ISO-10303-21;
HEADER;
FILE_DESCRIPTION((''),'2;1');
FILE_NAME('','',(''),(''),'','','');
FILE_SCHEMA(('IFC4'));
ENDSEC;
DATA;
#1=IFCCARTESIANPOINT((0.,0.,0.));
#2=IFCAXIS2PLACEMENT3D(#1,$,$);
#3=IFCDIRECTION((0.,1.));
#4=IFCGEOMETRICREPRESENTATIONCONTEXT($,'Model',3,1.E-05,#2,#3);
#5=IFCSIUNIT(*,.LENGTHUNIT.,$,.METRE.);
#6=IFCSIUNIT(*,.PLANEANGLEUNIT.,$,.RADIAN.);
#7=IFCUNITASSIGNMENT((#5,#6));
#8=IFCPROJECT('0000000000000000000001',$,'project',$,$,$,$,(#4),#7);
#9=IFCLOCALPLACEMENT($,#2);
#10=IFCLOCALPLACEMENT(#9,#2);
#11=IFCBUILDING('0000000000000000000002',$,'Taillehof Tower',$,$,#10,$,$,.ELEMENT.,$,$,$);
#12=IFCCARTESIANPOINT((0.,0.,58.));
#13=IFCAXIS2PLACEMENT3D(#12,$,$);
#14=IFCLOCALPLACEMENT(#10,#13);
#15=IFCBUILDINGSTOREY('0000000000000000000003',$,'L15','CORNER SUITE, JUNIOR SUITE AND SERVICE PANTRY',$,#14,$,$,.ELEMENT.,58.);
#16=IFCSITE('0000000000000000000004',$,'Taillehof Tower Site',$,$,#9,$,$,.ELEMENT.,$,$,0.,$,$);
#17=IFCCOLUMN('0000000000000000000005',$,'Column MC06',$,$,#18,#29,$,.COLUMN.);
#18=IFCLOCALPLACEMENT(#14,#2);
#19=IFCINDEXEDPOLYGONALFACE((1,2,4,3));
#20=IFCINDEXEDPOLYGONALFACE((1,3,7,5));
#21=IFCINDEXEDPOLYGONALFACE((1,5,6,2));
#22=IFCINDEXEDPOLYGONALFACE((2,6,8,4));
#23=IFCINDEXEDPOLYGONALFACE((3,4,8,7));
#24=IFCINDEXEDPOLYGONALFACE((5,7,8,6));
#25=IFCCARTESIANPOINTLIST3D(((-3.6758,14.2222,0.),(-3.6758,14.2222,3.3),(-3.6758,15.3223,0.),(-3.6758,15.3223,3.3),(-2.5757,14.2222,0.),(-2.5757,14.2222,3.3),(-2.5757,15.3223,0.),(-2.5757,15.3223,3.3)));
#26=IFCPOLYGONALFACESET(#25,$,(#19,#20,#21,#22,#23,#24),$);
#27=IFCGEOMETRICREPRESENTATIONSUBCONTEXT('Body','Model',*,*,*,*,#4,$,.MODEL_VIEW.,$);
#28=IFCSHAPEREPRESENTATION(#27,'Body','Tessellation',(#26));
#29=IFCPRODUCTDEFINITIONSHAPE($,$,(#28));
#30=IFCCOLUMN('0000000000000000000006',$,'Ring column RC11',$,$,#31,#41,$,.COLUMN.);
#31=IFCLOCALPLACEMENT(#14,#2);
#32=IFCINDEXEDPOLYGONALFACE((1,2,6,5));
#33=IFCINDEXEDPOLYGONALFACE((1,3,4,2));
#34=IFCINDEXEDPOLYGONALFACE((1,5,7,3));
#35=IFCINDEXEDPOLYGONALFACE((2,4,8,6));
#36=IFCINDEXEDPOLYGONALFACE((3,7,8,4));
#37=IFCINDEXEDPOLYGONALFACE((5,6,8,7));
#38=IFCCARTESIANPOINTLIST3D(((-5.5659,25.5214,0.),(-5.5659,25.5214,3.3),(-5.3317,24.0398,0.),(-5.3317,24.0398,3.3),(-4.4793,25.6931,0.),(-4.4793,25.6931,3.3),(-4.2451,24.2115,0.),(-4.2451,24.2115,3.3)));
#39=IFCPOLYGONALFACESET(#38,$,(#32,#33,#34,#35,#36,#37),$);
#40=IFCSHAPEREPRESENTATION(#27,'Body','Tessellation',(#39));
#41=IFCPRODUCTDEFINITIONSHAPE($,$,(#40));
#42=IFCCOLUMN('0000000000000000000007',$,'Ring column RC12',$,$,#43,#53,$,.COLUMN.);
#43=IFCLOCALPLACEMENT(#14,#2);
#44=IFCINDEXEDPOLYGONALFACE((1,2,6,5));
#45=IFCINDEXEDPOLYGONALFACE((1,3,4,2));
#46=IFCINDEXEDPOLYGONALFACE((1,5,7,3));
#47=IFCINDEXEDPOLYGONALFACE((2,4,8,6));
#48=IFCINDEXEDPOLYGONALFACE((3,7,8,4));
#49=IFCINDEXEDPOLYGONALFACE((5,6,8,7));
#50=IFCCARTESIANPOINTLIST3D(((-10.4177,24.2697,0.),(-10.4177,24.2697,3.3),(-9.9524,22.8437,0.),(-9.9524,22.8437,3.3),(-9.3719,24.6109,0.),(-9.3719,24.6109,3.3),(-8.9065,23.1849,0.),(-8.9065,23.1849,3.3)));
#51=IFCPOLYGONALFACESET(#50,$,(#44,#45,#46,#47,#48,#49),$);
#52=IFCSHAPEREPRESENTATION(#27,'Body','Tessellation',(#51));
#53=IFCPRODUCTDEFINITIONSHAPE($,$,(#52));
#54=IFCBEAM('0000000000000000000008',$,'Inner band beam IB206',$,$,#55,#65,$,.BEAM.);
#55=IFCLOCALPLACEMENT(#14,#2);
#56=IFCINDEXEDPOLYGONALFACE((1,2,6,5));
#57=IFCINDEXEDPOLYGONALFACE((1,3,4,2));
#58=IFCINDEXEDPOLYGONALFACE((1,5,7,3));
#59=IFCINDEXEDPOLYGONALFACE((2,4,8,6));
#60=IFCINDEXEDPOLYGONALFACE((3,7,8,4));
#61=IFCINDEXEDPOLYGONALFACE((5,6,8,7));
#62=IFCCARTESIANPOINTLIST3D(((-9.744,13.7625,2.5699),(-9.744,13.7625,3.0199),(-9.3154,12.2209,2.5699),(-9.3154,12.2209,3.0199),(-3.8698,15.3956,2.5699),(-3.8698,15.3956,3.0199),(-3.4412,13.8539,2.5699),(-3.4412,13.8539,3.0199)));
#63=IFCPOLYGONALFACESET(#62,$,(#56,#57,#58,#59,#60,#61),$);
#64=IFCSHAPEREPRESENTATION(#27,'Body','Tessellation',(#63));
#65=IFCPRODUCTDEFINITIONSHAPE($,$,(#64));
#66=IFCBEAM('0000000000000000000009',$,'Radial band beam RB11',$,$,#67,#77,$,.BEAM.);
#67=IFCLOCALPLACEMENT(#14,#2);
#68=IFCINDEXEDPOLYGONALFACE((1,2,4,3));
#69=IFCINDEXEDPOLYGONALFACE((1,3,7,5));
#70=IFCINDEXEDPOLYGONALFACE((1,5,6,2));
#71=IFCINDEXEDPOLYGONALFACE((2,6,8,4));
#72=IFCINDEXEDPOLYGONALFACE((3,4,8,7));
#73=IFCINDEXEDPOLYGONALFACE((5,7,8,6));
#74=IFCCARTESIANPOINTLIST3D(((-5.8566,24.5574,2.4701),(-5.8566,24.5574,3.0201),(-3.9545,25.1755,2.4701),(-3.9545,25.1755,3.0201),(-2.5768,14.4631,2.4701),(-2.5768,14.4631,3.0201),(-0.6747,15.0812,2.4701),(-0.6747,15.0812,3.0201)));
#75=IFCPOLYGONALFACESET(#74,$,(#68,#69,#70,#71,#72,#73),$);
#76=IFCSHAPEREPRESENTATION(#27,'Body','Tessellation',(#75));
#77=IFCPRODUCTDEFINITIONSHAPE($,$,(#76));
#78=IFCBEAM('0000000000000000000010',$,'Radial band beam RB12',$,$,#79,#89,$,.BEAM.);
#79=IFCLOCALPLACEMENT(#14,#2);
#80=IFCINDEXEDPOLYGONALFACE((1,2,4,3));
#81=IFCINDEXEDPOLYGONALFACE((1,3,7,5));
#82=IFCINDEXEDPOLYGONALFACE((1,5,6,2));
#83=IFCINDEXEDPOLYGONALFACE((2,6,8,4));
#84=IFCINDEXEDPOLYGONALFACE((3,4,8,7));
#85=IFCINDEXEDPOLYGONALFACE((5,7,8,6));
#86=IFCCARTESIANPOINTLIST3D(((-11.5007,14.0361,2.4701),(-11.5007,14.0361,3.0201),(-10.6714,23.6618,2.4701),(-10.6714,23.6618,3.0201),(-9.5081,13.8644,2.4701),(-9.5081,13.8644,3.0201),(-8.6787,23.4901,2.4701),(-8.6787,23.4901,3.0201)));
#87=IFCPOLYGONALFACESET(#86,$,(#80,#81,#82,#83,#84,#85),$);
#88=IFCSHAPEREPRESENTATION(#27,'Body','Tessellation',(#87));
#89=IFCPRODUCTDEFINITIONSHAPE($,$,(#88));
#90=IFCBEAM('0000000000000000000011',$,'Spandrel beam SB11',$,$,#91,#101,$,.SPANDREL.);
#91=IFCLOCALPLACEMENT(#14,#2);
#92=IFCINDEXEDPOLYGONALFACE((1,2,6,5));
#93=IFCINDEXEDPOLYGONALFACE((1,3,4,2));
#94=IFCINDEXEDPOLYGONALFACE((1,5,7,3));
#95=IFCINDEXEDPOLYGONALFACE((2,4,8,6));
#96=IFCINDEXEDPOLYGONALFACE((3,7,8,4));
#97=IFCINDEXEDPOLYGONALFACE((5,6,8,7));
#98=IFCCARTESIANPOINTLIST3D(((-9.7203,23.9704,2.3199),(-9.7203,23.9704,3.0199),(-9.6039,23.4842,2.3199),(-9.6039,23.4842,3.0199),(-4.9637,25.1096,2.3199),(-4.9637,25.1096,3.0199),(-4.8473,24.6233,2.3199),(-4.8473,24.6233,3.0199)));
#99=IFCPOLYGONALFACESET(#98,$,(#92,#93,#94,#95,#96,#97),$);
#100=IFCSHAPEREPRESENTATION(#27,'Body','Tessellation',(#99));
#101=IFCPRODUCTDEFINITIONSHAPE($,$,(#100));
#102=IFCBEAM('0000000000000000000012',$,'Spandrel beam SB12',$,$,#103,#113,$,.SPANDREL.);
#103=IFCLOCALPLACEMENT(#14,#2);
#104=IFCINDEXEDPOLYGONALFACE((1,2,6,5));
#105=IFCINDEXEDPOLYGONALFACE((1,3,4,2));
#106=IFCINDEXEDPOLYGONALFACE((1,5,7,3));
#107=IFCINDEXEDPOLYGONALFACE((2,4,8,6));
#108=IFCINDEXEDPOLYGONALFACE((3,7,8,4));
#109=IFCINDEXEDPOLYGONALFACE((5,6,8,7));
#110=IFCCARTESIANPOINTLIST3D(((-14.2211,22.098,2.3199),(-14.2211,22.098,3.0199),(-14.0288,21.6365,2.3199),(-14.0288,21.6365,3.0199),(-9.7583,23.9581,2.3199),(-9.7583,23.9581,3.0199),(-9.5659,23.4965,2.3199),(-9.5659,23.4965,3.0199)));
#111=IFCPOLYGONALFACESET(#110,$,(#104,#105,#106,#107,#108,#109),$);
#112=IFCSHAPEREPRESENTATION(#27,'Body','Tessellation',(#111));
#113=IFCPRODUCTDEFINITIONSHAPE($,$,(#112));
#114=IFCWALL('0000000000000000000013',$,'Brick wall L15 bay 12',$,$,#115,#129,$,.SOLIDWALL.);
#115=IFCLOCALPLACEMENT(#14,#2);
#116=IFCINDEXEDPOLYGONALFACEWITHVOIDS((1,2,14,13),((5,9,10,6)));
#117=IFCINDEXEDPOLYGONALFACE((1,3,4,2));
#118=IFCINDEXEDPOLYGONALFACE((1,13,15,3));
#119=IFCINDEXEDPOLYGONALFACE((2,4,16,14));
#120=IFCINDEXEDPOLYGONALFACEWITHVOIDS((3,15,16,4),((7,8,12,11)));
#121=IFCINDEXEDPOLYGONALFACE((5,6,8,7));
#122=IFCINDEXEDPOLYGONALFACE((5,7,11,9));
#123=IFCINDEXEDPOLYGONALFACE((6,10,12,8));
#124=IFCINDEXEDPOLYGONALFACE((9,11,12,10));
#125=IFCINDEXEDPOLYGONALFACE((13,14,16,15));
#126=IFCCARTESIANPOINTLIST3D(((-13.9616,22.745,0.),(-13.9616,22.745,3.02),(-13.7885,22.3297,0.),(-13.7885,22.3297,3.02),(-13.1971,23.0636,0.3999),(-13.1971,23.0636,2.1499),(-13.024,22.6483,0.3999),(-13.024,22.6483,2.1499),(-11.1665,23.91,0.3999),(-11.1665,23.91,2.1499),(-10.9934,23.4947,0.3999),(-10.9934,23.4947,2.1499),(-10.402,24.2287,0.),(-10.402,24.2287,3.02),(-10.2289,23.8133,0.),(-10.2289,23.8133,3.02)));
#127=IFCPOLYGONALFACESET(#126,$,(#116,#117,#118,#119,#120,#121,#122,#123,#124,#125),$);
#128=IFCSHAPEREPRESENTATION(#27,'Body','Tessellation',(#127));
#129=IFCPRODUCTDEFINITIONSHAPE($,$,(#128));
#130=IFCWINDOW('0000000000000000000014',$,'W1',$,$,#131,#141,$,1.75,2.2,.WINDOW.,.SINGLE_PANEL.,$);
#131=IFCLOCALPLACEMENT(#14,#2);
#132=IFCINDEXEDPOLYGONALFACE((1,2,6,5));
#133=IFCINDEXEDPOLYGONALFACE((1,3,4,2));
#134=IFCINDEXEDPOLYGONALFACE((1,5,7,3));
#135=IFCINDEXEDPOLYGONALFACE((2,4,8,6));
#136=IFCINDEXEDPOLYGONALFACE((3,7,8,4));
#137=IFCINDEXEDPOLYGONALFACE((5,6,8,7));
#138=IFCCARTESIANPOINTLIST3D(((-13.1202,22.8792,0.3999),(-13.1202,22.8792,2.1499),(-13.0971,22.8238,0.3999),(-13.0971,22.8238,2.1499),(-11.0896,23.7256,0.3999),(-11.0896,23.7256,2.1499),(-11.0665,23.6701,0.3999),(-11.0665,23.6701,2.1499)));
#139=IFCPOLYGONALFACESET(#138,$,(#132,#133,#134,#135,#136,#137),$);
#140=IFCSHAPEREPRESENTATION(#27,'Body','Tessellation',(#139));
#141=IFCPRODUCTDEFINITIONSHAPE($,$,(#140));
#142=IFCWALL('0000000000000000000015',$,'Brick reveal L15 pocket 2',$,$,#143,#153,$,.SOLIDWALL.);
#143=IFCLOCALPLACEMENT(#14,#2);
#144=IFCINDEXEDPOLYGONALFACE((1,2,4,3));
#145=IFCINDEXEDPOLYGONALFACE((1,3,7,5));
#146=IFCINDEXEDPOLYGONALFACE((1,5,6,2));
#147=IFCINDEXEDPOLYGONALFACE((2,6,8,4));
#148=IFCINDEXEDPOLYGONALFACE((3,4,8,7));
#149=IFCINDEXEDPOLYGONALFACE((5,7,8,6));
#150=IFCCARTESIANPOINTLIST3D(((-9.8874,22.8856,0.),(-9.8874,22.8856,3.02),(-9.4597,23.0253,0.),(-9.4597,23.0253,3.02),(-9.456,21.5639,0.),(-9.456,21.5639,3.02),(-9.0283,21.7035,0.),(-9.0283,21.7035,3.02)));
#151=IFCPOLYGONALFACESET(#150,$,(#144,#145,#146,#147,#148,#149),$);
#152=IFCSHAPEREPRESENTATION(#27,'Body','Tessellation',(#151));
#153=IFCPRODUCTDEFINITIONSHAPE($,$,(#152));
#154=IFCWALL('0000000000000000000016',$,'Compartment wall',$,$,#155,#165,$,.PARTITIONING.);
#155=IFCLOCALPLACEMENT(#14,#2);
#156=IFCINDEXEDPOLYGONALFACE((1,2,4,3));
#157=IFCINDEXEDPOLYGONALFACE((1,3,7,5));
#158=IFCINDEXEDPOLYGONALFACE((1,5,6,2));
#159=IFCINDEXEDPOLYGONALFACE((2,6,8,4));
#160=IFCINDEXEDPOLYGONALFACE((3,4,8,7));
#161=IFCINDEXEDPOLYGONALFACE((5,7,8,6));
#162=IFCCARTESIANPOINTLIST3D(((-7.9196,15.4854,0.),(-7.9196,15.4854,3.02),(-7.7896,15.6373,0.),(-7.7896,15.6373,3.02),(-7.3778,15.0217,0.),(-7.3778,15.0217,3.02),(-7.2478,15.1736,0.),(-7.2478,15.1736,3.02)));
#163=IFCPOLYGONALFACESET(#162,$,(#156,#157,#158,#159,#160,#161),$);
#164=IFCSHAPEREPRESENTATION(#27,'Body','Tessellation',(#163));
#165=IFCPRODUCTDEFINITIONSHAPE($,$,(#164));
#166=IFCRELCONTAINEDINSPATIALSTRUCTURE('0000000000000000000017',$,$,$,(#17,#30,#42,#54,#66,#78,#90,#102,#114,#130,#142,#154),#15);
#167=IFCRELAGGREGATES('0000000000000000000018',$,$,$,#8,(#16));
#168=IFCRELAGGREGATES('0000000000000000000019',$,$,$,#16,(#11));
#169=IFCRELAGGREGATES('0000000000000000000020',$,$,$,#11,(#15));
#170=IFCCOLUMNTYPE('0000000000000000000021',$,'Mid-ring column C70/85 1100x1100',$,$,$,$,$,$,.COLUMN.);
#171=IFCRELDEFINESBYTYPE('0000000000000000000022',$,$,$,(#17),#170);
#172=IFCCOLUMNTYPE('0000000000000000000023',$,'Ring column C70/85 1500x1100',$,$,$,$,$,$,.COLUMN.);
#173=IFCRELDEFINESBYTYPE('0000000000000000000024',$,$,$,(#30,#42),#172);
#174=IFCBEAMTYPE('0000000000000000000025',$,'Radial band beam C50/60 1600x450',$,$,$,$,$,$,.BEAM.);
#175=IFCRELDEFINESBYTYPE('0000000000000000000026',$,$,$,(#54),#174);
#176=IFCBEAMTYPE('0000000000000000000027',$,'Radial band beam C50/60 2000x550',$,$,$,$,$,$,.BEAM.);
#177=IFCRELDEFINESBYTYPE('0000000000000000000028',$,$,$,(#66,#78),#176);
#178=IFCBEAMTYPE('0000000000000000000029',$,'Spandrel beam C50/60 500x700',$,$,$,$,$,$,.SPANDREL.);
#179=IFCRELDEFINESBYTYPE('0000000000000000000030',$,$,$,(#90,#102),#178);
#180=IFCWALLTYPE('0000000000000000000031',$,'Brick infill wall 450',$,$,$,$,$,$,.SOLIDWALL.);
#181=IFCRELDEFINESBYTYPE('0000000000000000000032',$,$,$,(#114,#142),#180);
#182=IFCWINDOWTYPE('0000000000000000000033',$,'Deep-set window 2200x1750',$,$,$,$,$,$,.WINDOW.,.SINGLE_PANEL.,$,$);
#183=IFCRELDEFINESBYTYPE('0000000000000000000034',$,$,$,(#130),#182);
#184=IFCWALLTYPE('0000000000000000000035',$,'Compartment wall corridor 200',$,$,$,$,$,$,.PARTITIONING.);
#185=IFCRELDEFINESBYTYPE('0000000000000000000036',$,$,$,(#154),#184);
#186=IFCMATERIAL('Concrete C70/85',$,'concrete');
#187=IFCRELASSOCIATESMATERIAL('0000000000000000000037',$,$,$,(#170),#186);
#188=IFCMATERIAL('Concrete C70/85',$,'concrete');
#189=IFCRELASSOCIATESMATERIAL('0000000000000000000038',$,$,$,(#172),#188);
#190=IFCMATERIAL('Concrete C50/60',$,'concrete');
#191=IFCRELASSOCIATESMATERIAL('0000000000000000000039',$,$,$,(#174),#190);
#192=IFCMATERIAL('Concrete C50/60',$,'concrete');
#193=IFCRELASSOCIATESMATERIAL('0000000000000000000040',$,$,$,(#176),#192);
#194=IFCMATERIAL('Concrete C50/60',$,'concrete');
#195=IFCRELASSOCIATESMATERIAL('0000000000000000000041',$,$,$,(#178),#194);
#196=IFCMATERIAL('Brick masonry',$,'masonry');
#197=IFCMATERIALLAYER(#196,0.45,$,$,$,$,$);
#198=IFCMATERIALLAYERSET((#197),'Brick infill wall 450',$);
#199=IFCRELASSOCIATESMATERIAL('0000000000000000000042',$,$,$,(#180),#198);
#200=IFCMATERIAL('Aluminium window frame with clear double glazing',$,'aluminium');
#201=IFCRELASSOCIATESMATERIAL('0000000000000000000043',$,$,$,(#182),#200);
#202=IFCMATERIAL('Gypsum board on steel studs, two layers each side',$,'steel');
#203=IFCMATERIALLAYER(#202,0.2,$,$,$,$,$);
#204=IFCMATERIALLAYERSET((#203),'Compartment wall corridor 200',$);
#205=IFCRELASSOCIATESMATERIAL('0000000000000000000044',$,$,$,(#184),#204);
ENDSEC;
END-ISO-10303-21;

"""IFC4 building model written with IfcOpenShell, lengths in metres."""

from ifc_helpers import new_model, si_unit, direction, frame, frame_2d, origin, origin_2d, place, context, subcontext, project, spatial, rectangle, extrude, material, layer, layer_set, material_profile, profile_set, type_object, element, fill, save


model = new_model("IFC4")

# Units and contexts
model_context = context("Model", 3, precision=1e-05, world=origin(), true_north=direction((0.0, 1.0)))
body_context = subcontext(model_context, "Body", "Model", "MODEL_VIEW")
ifc_project = project(units=[si_unit("LENGTHUNIT", "METRE"), si_unit("PLANEANGLEUNIT", "RADIAN")], contexts=[model_context])

# Site, building, storey
site_placement = place(None, origin())
site = spatial("IfcSite", under=ifc_project, at=site_placement, Name="Taillehof Tower Site", CompositionType="ELEMENT", RefElevation=0.0)
building_placement = place(site_placement, origin())
building = spatial("IfcBuilding", under=site, at=building_placement, Name="Taillehof Tower", CompositionType="ELEMENT")
storey_placement = place(building_placement, frame((0.0, 0.0, 58.0)))
storey = spatial("IfcBuildingStorey", under=building, at=storey_placement, Name="L15", Description="CORNER SUITE, JUNIOR SUITE AND SERVICE PANTRY", CompositionType="ELEMENT", Elevation=58.0)

# Columns
ifc_material_1 = material(Name="Concrete C70/85", Category="concrete")
ifc_material_profile_1 = material_profile(ifc_material_1, rectangle(XDim=1.1001, YDim=1.1001, at=origin_2d()), Name="RC 1100x1100")
ifc_profile_set_1 = profile_set([ifc_material_profile_1], Name="Concrete C70/85")
column_type_1 = type_object("IfcColumnType", Name="Mid-ring column C70/85 1100x1100", PredefinedType="COLUMN", material=ifc_profile_set_1)
column_placement = place(storey_placement, frame((-3.1257, 14.7722, 0.0), z_axis=(0.0, 0.0, 1.0), x_axis=(1.0, 0.0, 0.0)))
element("IfcColumn", 1, at=column_placement, inside=storey, type_object=column_type_1, Name="Column MC06", PredefinedType="COLUMN", context=body_context, shape_type="SweptSolid", body=[
    extrude(rectangle(XDim=1.1001, YDim=1.1001, at=origin_2d()), origin(), (0.0, 0.0, 1.0), 3.3),
])
ifc_material_2 = material(Name="Concrete C70/85", Category="concrete")
ifc_material_profile_2 = material_profile(ifc_material_2, rectangle(XDim=1.5, YDim=1.1001, at=origin_2d()), Name="RC 1500x1100")
ifc_profile_set_2 = profile_set([ifc_material_profile_2], Name="Concrete C70/85")
column_type_2 = type_object("IfcColumnType", Name="Ring column C70/85 1500x1100", PredefinedType="COLUMN", material=ifc_profile_set_2)
for number, where, z_axis, x_axis, name in (
    (2, (-4.9055, 24.8665, 0.0), (0.0, 0.0, 1.0), (-0.156147, 0.987734, 0.0), "Ring column RC11"),
    (3, (-9.6621, 23.7273, 0.0), (0.0, 0.0, 1.0), (-0.310219, 0.950665, 0.0), "Ring column RC12"),
):
    element("IfcColumn", number, at=place(storey_placement, frame(where, z_axis=z_axis, x_axis=x_axis)), inside=storey, type_object=column_type_2, Name=name, PredefinedType="COLUMN", context=body_context, shape_type="SweptSolid", body=[
        extrude(rectangle(XDim=1.5, YDim=1.1001, at=origin_2d()), origin(), (0.0, 0.0, 1.0), 3.3),
    ])

# Beams
ifc_material_3 = material(Name="Concrete C50/60", Category="concrete")
ifc_material_profile_3 = material_profile(ifc_material_3, rectangle(XDim=1.6001, YDim=0.45, at=origin_2d()), Name="RC 1600x450")
ifc_profile_set_3 = profile_set([ifc_material_profile_3], Name="Concrete C50/60")
beam_type_1 = type_object("IfcBeamType", Name="Radial band beam C50/60 1600x450", PredefinedType="BEAM", material=ifc_profile_set_3)
beam_1_placement = place(storey_placement, frame((-3.6555, 14.6248, 2.7949), z_axis=(-0.963459, -0.267855, 0.0), x_axis=(0.267855, -0.963459, 0.0)))
element("IfcBeam", 4, at=beam_1_placement, inside=storey, type_object=beam_type_1, Name="Inner band beam IB206", PredefinedType="BEAM", context=body_context, shape_type="SweptSolid", body=[
    extrude(rectangle(XDim=1.6001, YDim=0.45, at=origin_2d()), origin(), (0.0, 0.0, 1.0), 6.0969),
])
ifc_material_4 = material(Name="Concrete C50/60", Category="concrete")
ifc_material_profile_4 = material_profile(ifc_material_4, rectangle(XDim=2.0, YDim=0.55, at=origin_2d()), Name="RC 2000x550")
ifc_profile_set_4 = profile_set([ifc_material_profile_4], Name="Concrete C50/60")
beam_type_2 = type_object("IfcBeamType", Name="Radial band beam C50/60 2000x550", PredefinedType="BEAM", material=ifc_profile_set_4)
beam_2_placement = place(storey_placement, frame((-4.9055, 24.8665, 2.7451), z_axis=(0.309014, -0.951057, 0.0), x_axis=(0.951057, 0.309014, 0.0)))
element("IfcBeam", 5, at=beam_2_placement, inside=storey, type_object=beam_type_2, Name="Radial band beam RB11", PredefinedType="BEAM", context=body_context, shape_type="SweptSolid", body=[
    extrude(rectangle(XDim=2.0, YDim=0.55, at=origin_2d()), origin(), (0.0, 0.0, 1.0), 10.6138),
])
beam_3_placement = place(storey_placement, frame((-9.675, 23.5759, 2.7451), z_axis=(-0.085841, -0.996309, 0.0), x_axis=(0.996309, -0.085841, 0.0)))
element("IfcBeam", 6, at=beam_3_placement, inside=storey, type_object=beam_type_2, Name="Radial band beam RB12", PredefinedType="BEAM", context=body_context, shape_type="SweptSolid", body=[
    extrude(rectangle(XDim=2.0, YDim=0.55, at=origin_2d()), origin(), (0.0, 0.0, 1.0), 9.6614),
])
ifc_material_5 = material(Name="Concrete C50/60", Category="concrete")
ifc_material_profile_5 = material_profile(ifc_material_5, rectangle(XDim=0.5, YDim=0.7, at=origin_2d()), Name="RC 500x700")
ifc_profile_set_5 = profile_set([ifc_material_profile_5], Name="Concrete C50/60")
beam_type_3 = type_object("IfcBeamType", Name="Spandrel beam C50/60 500x700", PredefinedType="SPANDREL", material=ifc_profile_set_5)
beam_4_placement = place(storey_placement, frame((-4.9055, 24.8665, 2.6699), z_axis=(-0.9725, -0.232905, 0.0), x_axis=(0.232905, -0.9725, 0.0)))
element("IfcBeam", 7, at=beam_4_placement, inside=storey, type_object=beam_type_3, Name="Spandrel beam SB11", PredefinedType="SPANDREL", context=body_context, shape_type="SweptSolid", body=[
    extrude(rectangle(XDim=0.5, YDim=0.7, at=origin_2d()), origin(), (0.0, 0.0, 1.0), 4.8911),
])
beam_5_placement = place(storey_placement, frame((-9.6621, 23.7273, 2.6699), z_axis=(-0.923035, -0.384716, 0.0), x_axis=(0.384716, -0.923035, 0.0)))
element("IfcBeam", 8, at=beam_5_placement, inside=storey, type_object=beam_type_3, Name="Spandrel beam SB12", PredefinedType="SPANDREL", context=body_context, shape_type="SweptSolid", body=[
    extrude(rectangle(XDim=0.5, YDim=0.7, at=origin_2d()), origin(), (0.0, 0.0, 1.0), 4.835),
])

# Wall, opening, window
ifc_material_6 = material(Name="Brick masonry", Category="masonry")
ifc_layer_1 = layer(ifc_material_6, 0.45)
ifc_layer_set_1 = layer_set([ifc_layer_1], Name="Brick infill wall 450")
wall_type_1 = type_object("IfcWallType", Name="Brick infill wall 450", PredefinedType="SOLIDWALL", material=ifc_layer_set_1)
wall_1_placement = place(storey_placement, frame((-10.3154, 24.021, 0.0), z_axis=(0.0, 0.0, 1.0), x_axis=(-0.923032, -0.384723, 0.0)))
wall_1 = element("IfcWall", 9, at=wall_1_placement, inside=storey, type_object=wall_type_1, Name="Brick wall L15 bay 12", PredefinedType="SOLIDWALL", context=body_context, shape_type="SweptSolid", body=[
    extrude(rectangle(XDim=3.8564, YDim=0.45, at=frame_2d((1.9282, 0.0))), origin(), (0.0, 0.0, 1.0), 3.02),
])
opening_1_placement = place(wall_1_placement, frame((0.8281, 0.0, 0.3999)))
opening_1 = element("IfcOpeningElement", 10, at=opening_1_placement, cuts=wall_1, PredefinedType="OPENING", context=body_context, shape_type="SweptSolid", body=[
    extrude(rectangle(XDim=2.2, YDim=1.75, at=frame_2d((1.1001, 0.875))), frame((0.0, 0.2349, 0.0), z_axis=(0.0, -1.0, 0.0), x_axis=(1.0, 0.0, 0.0)), (0.0, 0.0, 1.0), 0.47),
])
ifc_material_7 = material(Name="Aluminium window frame with clear double glazing", Category="aluminium")
window_type_1 = type_object("IfcWindowType", Name="Deep-set window 2200x1750", PartitioningType="SINGLE_PANEL", PredefinedType="WINDOW", material=ifc_material_7)
window_1_placement = place(opening_1_placement, origin())
window_1 = element("IfcWindow", 11, at=window_1_placement, inside=storey, type_object=window_type_1, Name="W1", OverallHeight=1.75, OverallWidth=2.2, PartitioningType="SINGLE_PANEL", PredefinedType="WINDOW", context=body_context, shape_type="SweptSolid", body=[
    extrude(rectangle(XDim=2.2, YDim=1.75, at=frame_2d((1.1001, 0.875))), frame((0.0, 0.0349, 0.0), z_axis=(0.0, -1.0, 0.0), x_axis=(1.0, 0.0, 0.0)), (0.0, 0.0, 1.0), 0.0601),
])
fill(opening_1, window_1)

# Wall
wall_2_placement = place(storey_placement, frame((-9.6736, 22.9556, 0.0), z_axis=(0.0, 0.0, 1.0), x_axis=(0.310269, -0.950649, 0.0)))
element("IfcWall", 12, at=wall_2_placement, inside=storey, type_object=wall_type_1, Name="Brick reveal L15 pocket 2", PredefinedType="SOLIDWALL", context=body_context, shape_type="SweptSolid", body=[
    extrude(rectangle(XDim=1.3904, YDim=0.45, at=frame_2d((0.6953, 0.0))), origin(), (0.0, 0.0, 1.0), 3.02),
])

# Wall
ifc_material_8 = material(Name="Gypsum board on steel studs, two layers each side", Category="steel")
ifc_layer_2 = layer(ifc_material_8, 0.2)
ifc_layer_set_2 = layer_set([ifc_layer_2], Name="Compartment wall corridor 200")
wall_type_2 = type_object("IfcWallType", Name="Compartment wall corridor 200", PredefinedType="PARTITIONING", material=ifc_layer_set_2)
wall_3_placement = place(storey_placement, frame((-7.8545, 15.5613, 0.0), z_axis=(0.0, 0.0, 1.0), x_axis=(0.759764, -0.650199, 0.0)))
element("IfcWall", 13, at=wall_3_placement, inside=storey, type_object=wall_type_2, Name="Compartment wall", PredefinedType="PARTITIONING", context=body_context, shape_type="SweptSolid", body=[
    extrude(rectangle(XDim=0.7131, YDim=0.2, at=frame_2d((0.3564, 0.0))), origin(), (0.0, 0.0, 1.0), 3.02),
])

save(model, "model.ifc")
